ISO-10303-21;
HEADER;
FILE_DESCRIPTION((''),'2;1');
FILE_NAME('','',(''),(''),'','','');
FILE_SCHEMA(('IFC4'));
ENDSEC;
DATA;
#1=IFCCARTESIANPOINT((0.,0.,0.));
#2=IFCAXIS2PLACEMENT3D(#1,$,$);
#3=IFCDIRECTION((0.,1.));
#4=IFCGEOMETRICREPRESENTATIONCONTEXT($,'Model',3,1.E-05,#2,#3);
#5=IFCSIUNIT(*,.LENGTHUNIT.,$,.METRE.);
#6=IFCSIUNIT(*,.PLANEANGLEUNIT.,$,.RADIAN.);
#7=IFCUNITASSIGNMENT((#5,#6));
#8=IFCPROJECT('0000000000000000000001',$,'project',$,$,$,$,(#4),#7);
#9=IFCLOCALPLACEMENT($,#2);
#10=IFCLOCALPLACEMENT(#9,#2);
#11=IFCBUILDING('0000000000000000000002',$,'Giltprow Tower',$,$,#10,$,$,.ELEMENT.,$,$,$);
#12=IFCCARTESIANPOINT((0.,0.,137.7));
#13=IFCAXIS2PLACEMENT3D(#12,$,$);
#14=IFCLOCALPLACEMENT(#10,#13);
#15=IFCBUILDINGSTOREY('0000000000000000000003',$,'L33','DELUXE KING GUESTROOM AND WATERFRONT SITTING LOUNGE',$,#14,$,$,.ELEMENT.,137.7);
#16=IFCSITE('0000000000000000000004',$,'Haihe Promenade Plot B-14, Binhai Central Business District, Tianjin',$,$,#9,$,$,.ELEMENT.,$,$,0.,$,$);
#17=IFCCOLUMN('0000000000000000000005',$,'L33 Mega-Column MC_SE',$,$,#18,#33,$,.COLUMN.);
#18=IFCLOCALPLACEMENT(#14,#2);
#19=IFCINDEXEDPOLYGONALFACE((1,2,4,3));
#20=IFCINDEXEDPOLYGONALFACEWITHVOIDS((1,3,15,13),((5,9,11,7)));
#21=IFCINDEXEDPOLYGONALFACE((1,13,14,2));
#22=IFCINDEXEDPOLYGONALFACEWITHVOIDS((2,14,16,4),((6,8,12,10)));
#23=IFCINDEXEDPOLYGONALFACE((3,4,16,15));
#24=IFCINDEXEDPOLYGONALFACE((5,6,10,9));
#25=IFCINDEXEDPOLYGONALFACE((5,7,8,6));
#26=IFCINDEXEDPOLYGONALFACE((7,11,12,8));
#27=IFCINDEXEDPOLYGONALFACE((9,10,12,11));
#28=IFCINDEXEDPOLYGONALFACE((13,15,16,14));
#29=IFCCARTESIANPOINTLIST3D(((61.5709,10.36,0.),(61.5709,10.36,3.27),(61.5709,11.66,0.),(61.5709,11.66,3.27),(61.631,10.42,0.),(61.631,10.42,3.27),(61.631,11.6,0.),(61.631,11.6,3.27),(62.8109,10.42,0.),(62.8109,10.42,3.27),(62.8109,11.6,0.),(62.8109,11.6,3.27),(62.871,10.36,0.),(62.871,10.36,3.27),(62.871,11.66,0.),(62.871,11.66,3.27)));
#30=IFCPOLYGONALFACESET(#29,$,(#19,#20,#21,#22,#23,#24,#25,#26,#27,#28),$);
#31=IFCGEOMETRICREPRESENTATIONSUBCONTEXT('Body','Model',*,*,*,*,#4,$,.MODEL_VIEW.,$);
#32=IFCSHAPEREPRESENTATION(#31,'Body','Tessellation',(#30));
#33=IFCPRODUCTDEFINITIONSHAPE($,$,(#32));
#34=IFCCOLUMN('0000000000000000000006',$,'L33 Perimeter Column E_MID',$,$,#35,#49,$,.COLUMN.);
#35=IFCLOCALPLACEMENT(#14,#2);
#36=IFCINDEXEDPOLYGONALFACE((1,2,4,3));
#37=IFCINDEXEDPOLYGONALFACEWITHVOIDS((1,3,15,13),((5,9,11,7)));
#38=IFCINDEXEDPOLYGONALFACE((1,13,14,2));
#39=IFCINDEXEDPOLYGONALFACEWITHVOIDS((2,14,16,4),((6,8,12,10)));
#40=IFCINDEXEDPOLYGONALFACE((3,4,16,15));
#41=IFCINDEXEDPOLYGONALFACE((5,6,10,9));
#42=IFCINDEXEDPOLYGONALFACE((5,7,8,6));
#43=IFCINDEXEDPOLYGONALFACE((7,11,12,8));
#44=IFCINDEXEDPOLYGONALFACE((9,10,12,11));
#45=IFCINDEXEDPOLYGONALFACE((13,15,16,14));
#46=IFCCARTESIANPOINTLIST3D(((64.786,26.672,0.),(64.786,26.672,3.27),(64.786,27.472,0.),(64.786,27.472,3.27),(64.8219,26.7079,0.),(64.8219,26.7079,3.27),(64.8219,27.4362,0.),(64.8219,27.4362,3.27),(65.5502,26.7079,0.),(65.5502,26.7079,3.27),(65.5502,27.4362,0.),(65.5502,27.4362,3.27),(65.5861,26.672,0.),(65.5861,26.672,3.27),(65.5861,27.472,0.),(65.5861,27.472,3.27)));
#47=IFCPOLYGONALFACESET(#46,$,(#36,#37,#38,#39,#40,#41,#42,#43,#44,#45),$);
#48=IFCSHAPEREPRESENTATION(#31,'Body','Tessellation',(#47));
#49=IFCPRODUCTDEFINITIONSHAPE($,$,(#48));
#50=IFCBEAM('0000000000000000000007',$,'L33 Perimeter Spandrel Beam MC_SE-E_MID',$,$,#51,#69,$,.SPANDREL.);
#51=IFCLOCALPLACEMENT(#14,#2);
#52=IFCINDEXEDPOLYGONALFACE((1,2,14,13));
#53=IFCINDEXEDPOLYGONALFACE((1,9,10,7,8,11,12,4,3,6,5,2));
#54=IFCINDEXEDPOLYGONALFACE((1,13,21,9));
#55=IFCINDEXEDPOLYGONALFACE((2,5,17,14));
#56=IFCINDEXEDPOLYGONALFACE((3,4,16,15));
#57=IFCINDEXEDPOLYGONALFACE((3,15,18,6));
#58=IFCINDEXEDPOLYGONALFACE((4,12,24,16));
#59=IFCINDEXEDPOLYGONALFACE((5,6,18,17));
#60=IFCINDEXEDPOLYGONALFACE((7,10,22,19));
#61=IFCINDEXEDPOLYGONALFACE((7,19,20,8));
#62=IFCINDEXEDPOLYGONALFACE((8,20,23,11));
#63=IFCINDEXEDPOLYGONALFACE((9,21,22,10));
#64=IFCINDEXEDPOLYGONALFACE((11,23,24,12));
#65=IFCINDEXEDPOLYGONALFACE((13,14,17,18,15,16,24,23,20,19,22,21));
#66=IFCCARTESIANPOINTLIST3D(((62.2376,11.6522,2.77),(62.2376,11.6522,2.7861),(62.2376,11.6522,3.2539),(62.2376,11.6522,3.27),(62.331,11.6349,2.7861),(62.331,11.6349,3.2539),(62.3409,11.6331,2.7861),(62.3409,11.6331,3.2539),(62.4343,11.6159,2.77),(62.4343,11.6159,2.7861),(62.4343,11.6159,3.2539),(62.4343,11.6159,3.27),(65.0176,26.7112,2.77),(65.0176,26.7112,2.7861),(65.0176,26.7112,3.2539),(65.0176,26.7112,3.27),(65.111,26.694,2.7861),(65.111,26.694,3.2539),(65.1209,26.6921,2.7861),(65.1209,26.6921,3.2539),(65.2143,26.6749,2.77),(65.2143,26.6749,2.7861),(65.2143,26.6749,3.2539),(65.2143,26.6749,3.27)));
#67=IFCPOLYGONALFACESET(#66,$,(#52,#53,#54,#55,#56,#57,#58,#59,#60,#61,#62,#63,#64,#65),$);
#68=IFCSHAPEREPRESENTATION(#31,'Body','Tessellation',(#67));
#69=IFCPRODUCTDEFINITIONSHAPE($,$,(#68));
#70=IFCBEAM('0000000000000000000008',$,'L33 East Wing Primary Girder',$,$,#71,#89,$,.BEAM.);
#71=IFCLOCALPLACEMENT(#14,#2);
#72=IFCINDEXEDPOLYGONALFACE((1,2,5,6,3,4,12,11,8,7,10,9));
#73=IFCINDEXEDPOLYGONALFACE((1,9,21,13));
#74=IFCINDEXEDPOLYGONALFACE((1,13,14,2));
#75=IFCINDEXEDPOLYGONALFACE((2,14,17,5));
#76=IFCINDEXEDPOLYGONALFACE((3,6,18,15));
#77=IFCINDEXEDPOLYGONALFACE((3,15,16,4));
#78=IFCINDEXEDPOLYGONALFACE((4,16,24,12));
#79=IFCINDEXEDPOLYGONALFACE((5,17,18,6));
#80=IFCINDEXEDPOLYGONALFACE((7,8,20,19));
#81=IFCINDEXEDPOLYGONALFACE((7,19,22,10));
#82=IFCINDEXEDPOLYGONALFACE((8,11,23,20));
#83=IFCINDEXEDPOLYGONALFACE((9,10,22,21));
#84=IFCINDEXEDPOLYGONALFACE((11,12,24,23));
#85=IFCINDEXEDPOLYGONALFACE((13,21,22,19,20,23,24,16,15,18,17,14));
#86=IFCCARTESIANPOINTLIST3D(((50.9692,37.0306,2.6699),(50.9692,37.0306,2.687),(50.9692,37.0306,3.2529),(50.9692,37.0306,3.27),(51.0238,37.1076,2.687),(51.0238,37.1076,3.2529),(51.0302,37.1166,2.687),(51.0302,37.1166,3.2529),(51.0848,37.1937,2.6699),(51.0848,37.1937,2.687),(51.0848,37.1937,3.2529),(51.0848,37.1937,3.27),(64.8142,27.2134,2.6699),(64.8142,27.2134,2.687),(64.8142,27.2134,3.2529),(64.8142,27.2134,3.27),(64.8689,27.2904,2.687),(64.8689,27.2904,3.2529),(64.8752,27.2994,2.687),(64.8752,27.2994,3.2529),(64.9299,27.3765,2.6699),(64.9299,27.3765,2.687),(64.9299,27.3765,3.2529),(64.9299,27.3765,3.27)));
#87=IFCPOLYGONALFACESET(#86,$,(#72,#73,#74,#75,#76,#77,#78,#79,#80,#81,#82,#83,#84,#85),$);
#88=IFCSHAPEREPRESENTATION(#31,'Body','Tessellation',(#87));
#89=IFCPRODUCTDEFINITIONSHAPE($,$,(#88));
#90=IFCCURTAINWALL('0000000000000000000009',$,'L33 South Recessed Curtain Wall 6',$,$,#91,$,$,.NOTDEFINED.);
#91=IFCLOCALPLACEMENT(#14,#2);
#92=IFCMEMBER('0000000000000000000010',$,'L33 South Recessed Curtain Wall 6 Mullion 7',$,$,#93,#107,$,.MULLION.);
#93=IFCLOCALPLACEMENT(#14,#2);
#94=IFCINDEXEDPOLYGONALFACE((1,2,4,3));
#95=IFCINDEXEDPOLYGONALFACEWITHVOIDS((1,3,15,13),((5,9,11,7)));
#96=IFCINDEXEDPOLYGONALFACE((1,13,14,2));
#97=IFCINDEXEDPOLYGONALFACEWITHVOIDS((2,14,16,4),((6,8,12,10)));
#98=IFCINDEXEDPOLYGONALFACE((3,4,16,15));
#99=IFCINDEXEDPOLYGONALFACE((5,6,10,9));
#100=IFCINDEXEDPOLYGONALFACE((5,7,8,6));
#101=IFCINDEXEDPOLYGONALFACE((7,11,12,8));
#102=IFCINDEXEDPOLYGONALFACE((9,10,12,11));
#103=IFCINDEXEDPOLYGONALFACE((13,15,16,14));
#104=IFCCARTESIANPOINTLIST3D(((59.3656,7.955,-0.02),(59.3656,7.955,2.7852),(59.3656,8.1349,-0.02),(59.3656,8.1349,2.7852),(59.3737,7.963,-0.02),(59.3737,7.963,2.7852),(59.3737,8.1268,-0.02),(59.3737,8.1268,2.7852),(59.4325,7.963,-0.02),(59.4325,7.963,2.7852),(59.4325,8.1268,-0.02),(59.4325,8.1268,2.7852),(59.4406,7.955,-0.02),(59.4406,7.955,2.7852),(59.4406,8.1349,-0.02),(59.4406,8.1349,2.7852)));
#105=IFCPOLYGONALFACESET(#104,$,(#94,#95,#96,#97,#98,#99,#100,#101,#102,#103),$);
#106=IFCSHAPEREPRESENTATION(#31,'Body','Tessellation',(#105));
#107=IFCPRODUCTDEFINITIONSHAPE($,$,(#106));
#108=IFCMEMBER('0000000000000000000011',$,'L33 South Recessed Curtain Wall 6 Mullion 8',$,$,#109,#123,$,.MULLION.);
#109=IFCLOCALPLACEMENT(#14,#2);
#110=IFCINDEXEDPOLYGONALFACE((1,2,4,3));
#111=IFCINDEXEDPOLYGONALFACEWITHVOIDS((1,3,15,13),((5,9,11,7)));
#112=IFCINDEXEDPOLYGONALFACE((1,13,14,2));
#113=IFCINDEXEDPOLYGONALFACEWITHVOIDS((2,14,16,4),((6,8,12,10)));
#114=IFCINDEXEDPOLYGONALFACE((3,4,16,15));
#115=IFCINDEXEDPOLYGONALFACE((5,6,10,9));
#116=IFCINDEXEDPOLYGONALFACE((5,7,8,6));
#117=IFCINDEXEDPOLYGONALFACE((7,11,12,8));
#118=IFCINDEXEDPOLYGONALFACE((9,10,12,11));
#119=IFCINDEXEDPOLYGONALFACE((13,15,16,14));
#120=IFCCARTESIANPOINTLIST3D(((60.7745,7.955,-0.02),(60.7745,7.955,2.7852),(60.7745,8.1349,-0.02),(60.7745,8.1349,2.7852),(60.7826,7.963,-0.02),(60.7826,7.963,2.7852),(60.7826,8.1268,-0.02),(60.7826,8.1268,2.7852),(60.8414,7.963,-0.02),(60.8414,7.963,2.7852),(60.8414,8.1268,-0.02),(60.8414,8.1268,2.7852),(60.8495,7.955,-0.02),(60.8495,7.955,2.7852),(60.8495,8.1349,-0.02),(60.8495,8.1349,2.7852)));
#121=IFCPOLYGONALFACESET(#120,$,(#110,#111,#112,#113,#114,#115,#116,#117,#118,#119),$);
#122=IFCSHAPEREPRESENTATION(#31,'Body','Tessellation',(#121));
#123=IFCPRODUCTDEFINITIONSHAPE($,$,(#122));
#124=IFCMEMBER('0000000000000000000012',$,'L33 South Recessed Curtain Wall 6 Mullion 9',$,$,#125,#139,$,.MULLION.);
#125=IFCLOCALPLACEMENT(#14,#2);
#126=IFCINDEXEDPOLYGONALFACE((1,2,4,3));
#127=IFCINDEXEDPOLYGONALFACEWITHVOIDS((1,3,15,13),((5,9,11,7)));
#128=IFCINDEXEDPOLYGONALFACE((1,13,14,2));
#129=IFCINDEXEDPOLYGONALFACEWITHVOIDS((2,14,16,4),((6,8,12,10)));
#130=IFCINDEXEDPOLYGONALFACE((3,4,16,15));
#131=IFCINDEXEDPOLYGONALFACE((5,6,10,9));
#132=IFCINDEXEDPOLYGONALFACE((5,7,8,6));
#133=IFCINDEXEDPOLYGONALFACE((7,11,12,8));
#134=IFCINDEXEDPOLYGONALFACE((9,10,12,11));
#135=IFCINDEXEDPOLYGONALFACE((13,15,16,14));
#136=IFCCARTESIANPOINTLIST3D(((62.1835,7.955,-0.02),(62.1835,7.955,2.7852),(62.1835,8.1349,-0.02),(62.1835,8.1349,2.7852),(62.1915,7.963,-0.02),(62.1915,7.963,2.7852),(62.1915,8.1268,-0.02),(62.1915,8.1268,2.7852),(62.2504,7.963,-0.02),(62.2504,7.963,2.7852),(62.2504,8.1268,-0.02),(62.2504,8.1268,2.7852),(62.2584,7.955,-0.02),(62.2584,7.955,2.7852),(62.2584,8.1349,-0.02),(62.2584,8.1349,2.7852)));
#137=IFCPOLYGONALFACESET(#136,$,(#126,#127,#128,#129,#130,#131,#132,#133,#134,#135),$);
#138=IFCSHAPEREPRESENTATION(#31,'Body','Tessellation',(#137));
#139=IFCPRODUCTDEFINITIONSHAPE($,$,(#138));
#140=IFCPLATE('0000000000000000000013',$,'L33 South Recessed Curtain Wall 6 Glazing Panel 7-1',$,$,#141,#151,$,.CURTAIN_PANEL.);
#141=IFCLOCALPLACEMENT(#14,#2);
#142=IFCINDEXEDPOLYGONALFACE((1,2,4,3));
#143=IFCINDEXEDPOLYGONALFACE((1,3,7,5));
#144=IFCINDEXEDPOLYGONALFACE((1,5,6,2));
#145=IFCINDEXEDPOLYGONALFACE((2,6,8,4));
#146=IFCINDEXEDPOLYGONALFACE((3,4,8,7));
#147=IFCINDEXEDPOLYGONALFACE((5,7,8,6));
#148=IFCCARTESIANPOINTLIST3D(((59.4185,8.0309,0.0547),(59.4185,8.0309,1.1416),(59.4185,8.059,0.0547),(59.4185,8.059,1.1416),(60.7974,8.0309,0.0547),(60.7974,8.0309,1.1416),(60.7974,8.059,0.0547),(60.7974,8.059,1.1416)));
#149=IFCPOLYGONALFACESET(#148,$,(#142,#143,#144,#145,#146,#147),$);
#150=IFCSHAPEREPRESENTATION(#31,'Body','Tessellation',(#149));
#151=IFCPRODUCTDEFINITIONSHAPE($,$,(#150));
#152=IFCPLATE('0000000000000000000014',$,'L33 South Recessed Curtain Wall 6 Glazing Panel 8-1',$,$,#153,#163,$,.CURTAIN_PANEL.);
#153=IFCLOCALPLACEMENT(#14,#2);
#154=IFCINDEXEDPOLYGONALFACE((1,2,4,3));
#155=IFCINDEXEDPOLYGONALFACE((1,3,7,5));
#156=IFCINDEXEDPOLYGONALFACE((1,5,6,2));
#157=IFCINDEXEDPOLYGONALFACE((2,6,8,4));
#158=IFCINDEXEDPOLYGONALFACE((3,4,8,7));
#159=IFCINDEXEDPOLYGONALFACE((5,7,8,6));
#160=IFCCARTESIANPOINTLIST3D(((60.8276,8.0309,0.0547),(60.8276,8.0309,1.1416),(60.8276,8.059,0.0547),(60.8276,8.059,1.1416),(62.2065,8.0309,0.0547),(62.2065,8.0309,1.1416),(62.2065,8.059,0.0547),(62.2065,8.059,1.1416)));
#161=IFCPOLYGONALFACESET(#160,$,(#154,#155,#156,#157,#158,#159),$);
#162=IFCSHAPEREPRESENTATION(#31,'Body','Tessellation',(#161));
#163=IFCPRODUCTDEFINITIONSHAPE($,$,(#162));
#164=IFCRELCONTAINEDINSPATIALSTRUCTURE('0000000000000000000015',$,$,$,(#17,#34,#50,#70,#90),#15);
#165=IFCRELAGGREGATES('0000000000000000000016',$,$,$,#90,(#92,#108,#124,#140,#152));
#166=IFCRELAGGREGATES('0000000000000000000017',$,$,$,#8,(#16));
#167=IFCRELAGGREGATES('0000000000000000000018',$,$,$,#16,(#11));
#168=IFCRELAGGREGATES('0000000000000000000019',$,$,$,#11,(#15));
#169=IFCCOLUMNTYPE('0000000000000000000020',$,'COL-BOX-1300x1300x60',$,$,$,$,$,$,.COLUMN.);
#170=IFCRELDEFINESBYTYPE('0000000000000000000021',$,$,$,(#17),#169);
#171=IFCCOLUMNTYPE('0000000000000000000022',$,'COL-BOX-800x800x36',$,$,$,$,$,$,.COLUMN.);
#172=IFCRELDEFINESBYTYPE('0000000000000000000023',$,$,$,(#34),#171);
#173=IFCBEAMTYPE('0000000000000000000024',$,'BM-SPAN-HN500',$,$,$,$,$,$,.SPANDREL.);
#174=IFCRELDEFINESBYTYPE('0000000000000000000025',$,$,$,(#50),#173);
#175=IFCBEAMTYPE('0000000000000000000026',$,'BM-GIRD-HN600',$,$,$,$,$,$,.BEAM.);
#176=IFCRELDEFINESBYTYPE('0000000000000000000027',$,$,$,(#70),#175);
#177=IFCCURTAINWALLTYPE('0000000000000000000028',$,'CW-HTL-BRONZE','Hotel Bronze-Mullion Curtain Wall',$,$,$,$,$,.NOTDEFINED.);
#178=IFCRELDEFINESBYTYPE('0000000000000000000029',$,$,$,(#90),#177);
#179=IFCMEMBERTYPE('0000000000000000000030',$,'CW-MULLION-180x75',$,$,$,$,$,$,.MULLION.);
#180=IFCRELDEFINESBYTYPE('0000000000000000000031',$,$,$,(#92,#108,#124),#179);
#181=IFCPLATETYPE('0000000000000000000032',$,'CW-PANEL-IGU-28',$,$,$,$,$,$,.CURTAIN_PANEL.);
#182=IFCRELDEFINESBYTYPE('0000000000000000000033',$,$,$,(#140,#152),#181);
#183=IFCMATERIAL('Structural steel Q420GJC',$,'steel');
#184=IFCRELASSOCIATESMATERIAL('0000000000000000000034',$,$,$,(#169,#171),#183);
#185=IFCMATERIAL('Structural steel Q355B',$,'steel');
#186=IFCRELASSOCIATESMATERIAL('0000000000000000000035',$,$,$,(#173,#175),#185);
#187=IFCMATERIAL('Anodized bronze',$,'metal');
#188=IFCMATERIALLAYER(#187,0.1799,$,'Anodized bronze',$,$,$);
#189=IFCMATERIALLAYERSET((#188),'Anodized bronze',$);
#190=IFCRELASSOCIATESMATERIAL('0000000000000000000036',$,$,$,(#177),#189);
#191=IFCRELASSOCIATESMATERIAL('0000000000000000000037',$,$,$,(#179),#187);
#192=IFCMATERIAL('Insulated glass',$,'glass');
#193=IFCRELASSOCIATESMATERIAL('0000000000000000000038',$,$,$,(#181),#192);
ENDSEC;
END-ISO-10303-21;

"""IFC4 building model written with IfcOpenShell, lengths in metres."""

from ifc_helpers import new_model, si_unit, direction, frame, origin, origin_2d, place, context, subcontext, project, spatial, rectangle, hollow_rectangle, i_section, extrude, source, transform, mapped, material, layer, layer_set, material_profile, profile_set, type_object, element, aggregate, save


model = new_model("IFC4")

# Units and contexts
model_context = context("Model", 3, precision=1e-05, world=origin(), true_north=direction((0.0, 1.0)))
body_context = subcontext(model_context, "Body", "Model", "MODEL_VIEW")
ifc_project = project(units=[si_unit("LENGTHUNIT", "METRE"), si_unit("PLANEANGLEUNIT", "RADIAN")], contexts=[model_context])

# Site, building, storey
site_placement = place(None, origin())
site = spatial("IfcSite", under=ifc_project, at=site_placement, Name="Haihe Promenade Plot B-14, Binhai Central Business District, Tianjin", CompositionType="ELEMENT", RefElevation=0.0)
building_placement = place(site_placement, origin())
building = spatial("IfcBuilding", under=site, at=building_placement, Name="Giltprow Tower", CompositionType="ELEMENT")
storey_placement = place(building_placement, frame((0.0, 0.0, 137.7)))
storey = spatial("IfcBuildingStorey", under=building, at=storey_placement, Name="L33", Description="DELUXE KING GUESTROOM AND WATERFRONT SITTING LOUNGE", CompositionType="ELEMENT", Elevation=137.7)

# Columns
ifc_material_1 = material(Name="Structural steel Q420GJC", Category="steel")
ifc_material_profile_1 = material_profile(ifc_material_1, hollow_rectangle(XDim=1.3, YDim=1.3, WallThickness=0.0601, at=origin_2d()), Name="BOX 1300x1300x60")
ifc_profile_set_1 = profile_set([ifc_material_profile_1], Name="Structural steel Q420GJC")
column_type_1 = type_object("IfcColumnType", Name="COL-BOX-1300x1300x60", PredefinedType="COLUMN", material=ifc_profile_set_1)
shared_shape_1 = source(origin(), body_context, "Body", "SweptSolid", [
    extrude(hollow_rectangle(XDim=1.3, YDim=1.3, WallThickness=0.0601, at=origin_2d()), origin(), (0.0, 0.0, 1.0), 3.27),
])
column_1_placement = place(storey_placement, frame((62.2209, 11.01, 0.0), z_axis=(0.0, 0.0, 1.0), x_axis=(1.0, 0.0, 0.0)))
element("IfcColumn", 1, at=column_1_placement, inside=storey, type_object=column_type_1, Name="L33 Mega-Column MC_SE", PredefinedType="COLUMN", context=body_context, shape_type="MappedRepresentation", body=[
    mapped(shared_shape_1, transform((0.0, 0.0, 0.0), x_axis=(1.0, 0.0, 0.0), y_axis=(0.0, 1.0, 0.0), z_axis=(0.0, 0.0, 1.0), scale=1.0)),
])
ifc_material_profile_2 = material_profile(ifc_material_1, hollow_rectangle(XDim=0.8, YDim=0.8, WallThickness=0.0359, at=origin_2d()), Name="BOX 800x800x36")
ifc_profile_set_2 = profile_set([ifc_material_profile_2], Name="Structural steel Q420GJC")
column_type_2 = type_object("IfcColumnType", Name="COL-BOX-800x800x36", PredefinedType="COLUMN", material=ifc_profile_set_2)
shared_shape_2 = source(origin(), body_context, "Body", "SweptSolid", [
    extrude(hollow_rectangle(XDim=0.8, YDim=0.8, WallThickness=0.0359, at=origin_2d()), origin(), (0.0, 0.0, 1.0), 3.27),
])
column_2_placement = place(storey_placement, frame((65.186, 27.072, 0.0), z_axis=(0.0, 0.0, 1.0), x_axis=(1.0, 0.0, 0.0)))
element("IfcColumn", 2, at=column_2_placement, inside=storey, type_object=column_type_2, Name="L33 Perimeter Column E_MID", PredefinedType="COLUMN", context=body_context, shape_type="MappedRepresentation", body=[
    mapped(shared_shape_2, transform((0.0, 0.0, 0.0), x_axis=(1.0, 0.0, 0.0), y_axis=(0.0, 1.0, 0.0), z_axis=(0.0, 0.0, 1.0), scale=1.0)),
])

# Beams
ifc_material_2 = material(Name="Structural steel Q355B", Category="steel")
ifc_material_profile_3 = material_profile(ifc_material_2, i_section(OverallWidth=0.2, OverallDepth=0.5, WebThickness=0.01, FlangeThickness=0.0161, at=origin_2d()), Name="HN 500x200x10x16")
ifc_profile_set_3 = profile_set([ifc_material_profile_3], Name="Structural steel Q355B")
beam_type_1 = type_object("IfcBeamType", Name="BM-SPAN-HN500", PredefinedType="SPANDREL", material=ifc_profile_set_3)
shared_shape_3 = source(origin(), body_context, "Body", "SweptSolid", [
    extrude(i_section(OverallWidth=0.2, OverallDepth=0.5, WebThickness=0.01, FlangeThickness=0.0161, at=origin_2d()), origin(), (0.0, 0.0, 1.0), 15.3135),
])
beam_1_placement = place(storey_placement, frame((62.3359, 11.634, 3.02), z_axis=(0.181541, 0.983383, 0.0), x_axis=(-0.983383, 0.181541, 0.0)))
element("IfcBeam", 3, at=beam_1_placement, inside=storey, type_object=beam_type_1, Name="L33 Perimeter Spandrel Beam MC_SE-E_MID", PredefinedType="SPANDREL", context=body_context, shape_type="MappedRepresentation", body=[
    mapped(shared_shape_3, transform((0.0, 0.0, 0.0), x_axis=(1.0, 0.0, 0.0), y_axis=(0.0, 1.0, 0.0), z_axis=(0.0, 0.0, 1.0), scale=1.0)),
])
ifc_material_profile_4 = material_profile(ifc_material_2, i_section(OverallWidth=0.2, OverallDepth=0.6001, WebThickness=0.011, FlangeThickness=0.0171, at=origin_2d()), Name="HN 600x200x11x17")
ifc_profile_set_4 = profile_set([ifc_material_profile_4], Name="Structural steel Q355B")
beam_type_2 = type_object("IfcBeamType", Name="BM-GIRD-HN600", PredefinedType="BEAM", material=ifc_profile_set_4)
shared_shape_4 = source(origin(), body_context, "Body", "SweptSolid", [
    extrude(i_section(OverallWidth=0.2, OverallDepth=0.6001, WebThickness=0.011, FlangeThickness=0.0171, at=origin_2d()), origin(), (0.0, 0.0, 1.0), 16.9724),
])
beam_2_placement = place(storey_placement, frame((64.8721, 27.2949, 2.97), z_axis=(-0.815739, 0.578421, 0.0), x_axis=(-0.578421, -0.815739, 0.0)))
element("IfcBeam", 4, at=beam_2_placement, inside=storey, type_object=beam_type_2, Name="L33 East Wing Primary Girder", PredefinedType="BEAM", context=body_context, shape_type="MappedRepresentation", body=[
    mapped(shared_shape_4, transform((0.0, 0.0, 0.0), x_axis=(1.0, 0.0, 0.0), y_axis=(0.0, 1.0, 0.0), z_axis=(0.0, 0.0, 1.0), scale=1.0)),
])

# Curtain wall, members, plates
ifc_material_3 = material(Name="Anodized bronze", Category="metal")
ifc_layer_1 = layer(ifc_material_3, 0.1799, Name="Anodized bronze")
ifc_layer_set_1 = layer_set([ifc_layer_1], Name="Anodized bronze")
curtain_wall_type = type_object("IfcCurtainWallType", Name="CW-HTL-BRONZE", Description="Hotel Bronze-Mullion Curtain Wall", PredefinedType="NOTDEFINED", material=ifc_layer_set_1)
curtain_wall_placement = place(storey_placement, origin())
curtain_wall = element("IfcCurtainWall", 5, at=curtain_wall_placement, inside=storey, type_object=curtain_wall_type, Name="L33 South Recessed Curtain Wall 6", PredefinedType="NOTDEFINED")
ifc_material_profile_5 = material_profile(ifc_material_3, hollow_rectangle(XDim=0.075, YDim=0.1799, WallThickness=0.0081, at=origin_2d()), Name="RHS 180x75x8")
ifc_profile_set_5 = profile_set([ifc_material_profile_5], Name="Anodized bronze")
member_type = type_object("IfcMemberType", Name="CW-MULLION-180x75", PredefinedType="MULLION", material=ifc_profile_set_5)
shared_shape_5 = source(origin(), body_context, "Body", "SweptSolid", [
    extrude(hollow_rectangle(XDim=0.075, YDim=0.1799, WallThickness=0.0081, at=origin_2d()), origin(), (0.0, 0.0, 1.0), 2.8052),
])
member_1_placement = place(storey_placement, frame((59.4031, 8.0449, -0.02), z_axis=(0.0, 0.0, 1.0), x_axis=(1.0, 0.0, 0.0)))
member_1 = element("IfcMember", 6, at=member_1_placement, type_object=member_type, Name="L33 South Recessed Curtain Wall 6 Mullion 7", PredefinedType="MULLION", context=body_context, shape_type="MappedRepresentation", body=[
    mapped(shared_shape_5, transform((0.0, 0.0, 0.0), x_axis=(1.0, 0.0, 0.0), y_axis=(0.0, 1.0, 0.0), z_axis=(0.0, 0.0, 1.0), scale=1.0)),
])
member_2_placement = place(storey_placement, frame((60.812, 8.0449, -0.02), z_axis=(0.0, 0.0, 1.0), x_axis=(1.0, 0.0, 0.0)))
member_2 = element("IfcMember", 7, at=member_2_placement, type_object=member_type, Name="L33 South Recessed Curtain Wall 6 Mullion 8", PredefinedType="MULLION", context=body_context, shape_type="MappedRepresentation", body=[
    mapped(shared_shape_5, transform((0.0, 0.0, 0.0), x_axis=(1.0, 0.0, 0.0), y_axis=(0.0, 1.0, 0.0), z_axis=(0.0, 0.0, 1.0), scale=1.0)),
])
member_3_placement = place(storey_placement, frame((62.2209, 8.0449, -0.02), z_axis=(0.0, 0.0, 1.0), x_axis=(1.0, 0.0, 0.0)))
member_3 = element("IfcMember", 8, at=member_3_placement, type_object=member_type, Name="L33 South Recessed Curtain Wall 6 Mullion 9", PredefinedType="MULLION", context=body_context, shape_type="MappedRepresentation", body=[
    mapped(shared_shape_5, transform((0.0, 0.0, 0.0), x_axis=(1.0, 0.0, 0.0), y_axis=(0.0, 1.0, 0.0), z_axis=(0.0, 0.0, 1.0), scale=1.0)),
])
ifc_material_4 = material(Name="Insulated glass", Category="glass")
plate_type = type_object("IfcPlateType", Name="CW-PANEL-IGU-28", PredefinedType="CURTAIN_PANEL", material=ifc_material_4)
shared_shape_6 = source(origin(), body_context, "Body", "SweptSolid", [
    extrude(rectangle(XDim=1.3789, YDim=0.0281, at=origin_2d()), origin(), (0.0, 0.0, 1.0), 1.0869),
])
plate_1_placement = place(storey_placement, frame((60.1079, 8.0449, 0.0547), z_axis=(0.0, 0.0, 1.0), x_axis=(1.0, 0.0, 0.0)))
plate_1 = element("IfcPlate", 9, at=plate_1_placement, type_object=plate_type, Name="L33 South Recessed Curtain Wall 6 Glazing Panel 7-1", PredefinedType="CURTAIN_PANEL", context=body_context, shape_type="MappedRepresentation", body=[
    mapped(shared_shape_6, transform((0.0, 0.0, 0.0), x_axis=(1.0, 0.0, 0.0), y_axis=(0.0, 1.0, 0.0), z_axis=(0.0, 0.0, 1.0), scale=1.0)),
])
plate_2_placement = place(storey_placement, frame((61.5171, 8.0449, 0.0547), z_axis=(0.0, 0.0, 1.0), x_axis=(1.0, 0.0, 0.0)))
plate_2 = element("IfcPlate", 10, at=plate_2_placement, type_object=plate_type, Name="L33 South Recessed Curtain Wall 6 Glazing Panel 8-1", PredefinedType="CURTAIN_PANEL", context=body_context, shape_type="MappedRepresentation", body=[
    mapped(shared_shape_6, transform((0.0, 0.0, 0.0), x_axis=(1.0, 0.0, 0.0), y_axis=(0.0, 1.0, 0.0), z_axis=(0.0, 0.0, 1.0), scale=1.0)),
])
aggregate(curtain_wall, [member_1, member_2, member_3, plate_1, plate_2])

save(model, "model.ifc")
